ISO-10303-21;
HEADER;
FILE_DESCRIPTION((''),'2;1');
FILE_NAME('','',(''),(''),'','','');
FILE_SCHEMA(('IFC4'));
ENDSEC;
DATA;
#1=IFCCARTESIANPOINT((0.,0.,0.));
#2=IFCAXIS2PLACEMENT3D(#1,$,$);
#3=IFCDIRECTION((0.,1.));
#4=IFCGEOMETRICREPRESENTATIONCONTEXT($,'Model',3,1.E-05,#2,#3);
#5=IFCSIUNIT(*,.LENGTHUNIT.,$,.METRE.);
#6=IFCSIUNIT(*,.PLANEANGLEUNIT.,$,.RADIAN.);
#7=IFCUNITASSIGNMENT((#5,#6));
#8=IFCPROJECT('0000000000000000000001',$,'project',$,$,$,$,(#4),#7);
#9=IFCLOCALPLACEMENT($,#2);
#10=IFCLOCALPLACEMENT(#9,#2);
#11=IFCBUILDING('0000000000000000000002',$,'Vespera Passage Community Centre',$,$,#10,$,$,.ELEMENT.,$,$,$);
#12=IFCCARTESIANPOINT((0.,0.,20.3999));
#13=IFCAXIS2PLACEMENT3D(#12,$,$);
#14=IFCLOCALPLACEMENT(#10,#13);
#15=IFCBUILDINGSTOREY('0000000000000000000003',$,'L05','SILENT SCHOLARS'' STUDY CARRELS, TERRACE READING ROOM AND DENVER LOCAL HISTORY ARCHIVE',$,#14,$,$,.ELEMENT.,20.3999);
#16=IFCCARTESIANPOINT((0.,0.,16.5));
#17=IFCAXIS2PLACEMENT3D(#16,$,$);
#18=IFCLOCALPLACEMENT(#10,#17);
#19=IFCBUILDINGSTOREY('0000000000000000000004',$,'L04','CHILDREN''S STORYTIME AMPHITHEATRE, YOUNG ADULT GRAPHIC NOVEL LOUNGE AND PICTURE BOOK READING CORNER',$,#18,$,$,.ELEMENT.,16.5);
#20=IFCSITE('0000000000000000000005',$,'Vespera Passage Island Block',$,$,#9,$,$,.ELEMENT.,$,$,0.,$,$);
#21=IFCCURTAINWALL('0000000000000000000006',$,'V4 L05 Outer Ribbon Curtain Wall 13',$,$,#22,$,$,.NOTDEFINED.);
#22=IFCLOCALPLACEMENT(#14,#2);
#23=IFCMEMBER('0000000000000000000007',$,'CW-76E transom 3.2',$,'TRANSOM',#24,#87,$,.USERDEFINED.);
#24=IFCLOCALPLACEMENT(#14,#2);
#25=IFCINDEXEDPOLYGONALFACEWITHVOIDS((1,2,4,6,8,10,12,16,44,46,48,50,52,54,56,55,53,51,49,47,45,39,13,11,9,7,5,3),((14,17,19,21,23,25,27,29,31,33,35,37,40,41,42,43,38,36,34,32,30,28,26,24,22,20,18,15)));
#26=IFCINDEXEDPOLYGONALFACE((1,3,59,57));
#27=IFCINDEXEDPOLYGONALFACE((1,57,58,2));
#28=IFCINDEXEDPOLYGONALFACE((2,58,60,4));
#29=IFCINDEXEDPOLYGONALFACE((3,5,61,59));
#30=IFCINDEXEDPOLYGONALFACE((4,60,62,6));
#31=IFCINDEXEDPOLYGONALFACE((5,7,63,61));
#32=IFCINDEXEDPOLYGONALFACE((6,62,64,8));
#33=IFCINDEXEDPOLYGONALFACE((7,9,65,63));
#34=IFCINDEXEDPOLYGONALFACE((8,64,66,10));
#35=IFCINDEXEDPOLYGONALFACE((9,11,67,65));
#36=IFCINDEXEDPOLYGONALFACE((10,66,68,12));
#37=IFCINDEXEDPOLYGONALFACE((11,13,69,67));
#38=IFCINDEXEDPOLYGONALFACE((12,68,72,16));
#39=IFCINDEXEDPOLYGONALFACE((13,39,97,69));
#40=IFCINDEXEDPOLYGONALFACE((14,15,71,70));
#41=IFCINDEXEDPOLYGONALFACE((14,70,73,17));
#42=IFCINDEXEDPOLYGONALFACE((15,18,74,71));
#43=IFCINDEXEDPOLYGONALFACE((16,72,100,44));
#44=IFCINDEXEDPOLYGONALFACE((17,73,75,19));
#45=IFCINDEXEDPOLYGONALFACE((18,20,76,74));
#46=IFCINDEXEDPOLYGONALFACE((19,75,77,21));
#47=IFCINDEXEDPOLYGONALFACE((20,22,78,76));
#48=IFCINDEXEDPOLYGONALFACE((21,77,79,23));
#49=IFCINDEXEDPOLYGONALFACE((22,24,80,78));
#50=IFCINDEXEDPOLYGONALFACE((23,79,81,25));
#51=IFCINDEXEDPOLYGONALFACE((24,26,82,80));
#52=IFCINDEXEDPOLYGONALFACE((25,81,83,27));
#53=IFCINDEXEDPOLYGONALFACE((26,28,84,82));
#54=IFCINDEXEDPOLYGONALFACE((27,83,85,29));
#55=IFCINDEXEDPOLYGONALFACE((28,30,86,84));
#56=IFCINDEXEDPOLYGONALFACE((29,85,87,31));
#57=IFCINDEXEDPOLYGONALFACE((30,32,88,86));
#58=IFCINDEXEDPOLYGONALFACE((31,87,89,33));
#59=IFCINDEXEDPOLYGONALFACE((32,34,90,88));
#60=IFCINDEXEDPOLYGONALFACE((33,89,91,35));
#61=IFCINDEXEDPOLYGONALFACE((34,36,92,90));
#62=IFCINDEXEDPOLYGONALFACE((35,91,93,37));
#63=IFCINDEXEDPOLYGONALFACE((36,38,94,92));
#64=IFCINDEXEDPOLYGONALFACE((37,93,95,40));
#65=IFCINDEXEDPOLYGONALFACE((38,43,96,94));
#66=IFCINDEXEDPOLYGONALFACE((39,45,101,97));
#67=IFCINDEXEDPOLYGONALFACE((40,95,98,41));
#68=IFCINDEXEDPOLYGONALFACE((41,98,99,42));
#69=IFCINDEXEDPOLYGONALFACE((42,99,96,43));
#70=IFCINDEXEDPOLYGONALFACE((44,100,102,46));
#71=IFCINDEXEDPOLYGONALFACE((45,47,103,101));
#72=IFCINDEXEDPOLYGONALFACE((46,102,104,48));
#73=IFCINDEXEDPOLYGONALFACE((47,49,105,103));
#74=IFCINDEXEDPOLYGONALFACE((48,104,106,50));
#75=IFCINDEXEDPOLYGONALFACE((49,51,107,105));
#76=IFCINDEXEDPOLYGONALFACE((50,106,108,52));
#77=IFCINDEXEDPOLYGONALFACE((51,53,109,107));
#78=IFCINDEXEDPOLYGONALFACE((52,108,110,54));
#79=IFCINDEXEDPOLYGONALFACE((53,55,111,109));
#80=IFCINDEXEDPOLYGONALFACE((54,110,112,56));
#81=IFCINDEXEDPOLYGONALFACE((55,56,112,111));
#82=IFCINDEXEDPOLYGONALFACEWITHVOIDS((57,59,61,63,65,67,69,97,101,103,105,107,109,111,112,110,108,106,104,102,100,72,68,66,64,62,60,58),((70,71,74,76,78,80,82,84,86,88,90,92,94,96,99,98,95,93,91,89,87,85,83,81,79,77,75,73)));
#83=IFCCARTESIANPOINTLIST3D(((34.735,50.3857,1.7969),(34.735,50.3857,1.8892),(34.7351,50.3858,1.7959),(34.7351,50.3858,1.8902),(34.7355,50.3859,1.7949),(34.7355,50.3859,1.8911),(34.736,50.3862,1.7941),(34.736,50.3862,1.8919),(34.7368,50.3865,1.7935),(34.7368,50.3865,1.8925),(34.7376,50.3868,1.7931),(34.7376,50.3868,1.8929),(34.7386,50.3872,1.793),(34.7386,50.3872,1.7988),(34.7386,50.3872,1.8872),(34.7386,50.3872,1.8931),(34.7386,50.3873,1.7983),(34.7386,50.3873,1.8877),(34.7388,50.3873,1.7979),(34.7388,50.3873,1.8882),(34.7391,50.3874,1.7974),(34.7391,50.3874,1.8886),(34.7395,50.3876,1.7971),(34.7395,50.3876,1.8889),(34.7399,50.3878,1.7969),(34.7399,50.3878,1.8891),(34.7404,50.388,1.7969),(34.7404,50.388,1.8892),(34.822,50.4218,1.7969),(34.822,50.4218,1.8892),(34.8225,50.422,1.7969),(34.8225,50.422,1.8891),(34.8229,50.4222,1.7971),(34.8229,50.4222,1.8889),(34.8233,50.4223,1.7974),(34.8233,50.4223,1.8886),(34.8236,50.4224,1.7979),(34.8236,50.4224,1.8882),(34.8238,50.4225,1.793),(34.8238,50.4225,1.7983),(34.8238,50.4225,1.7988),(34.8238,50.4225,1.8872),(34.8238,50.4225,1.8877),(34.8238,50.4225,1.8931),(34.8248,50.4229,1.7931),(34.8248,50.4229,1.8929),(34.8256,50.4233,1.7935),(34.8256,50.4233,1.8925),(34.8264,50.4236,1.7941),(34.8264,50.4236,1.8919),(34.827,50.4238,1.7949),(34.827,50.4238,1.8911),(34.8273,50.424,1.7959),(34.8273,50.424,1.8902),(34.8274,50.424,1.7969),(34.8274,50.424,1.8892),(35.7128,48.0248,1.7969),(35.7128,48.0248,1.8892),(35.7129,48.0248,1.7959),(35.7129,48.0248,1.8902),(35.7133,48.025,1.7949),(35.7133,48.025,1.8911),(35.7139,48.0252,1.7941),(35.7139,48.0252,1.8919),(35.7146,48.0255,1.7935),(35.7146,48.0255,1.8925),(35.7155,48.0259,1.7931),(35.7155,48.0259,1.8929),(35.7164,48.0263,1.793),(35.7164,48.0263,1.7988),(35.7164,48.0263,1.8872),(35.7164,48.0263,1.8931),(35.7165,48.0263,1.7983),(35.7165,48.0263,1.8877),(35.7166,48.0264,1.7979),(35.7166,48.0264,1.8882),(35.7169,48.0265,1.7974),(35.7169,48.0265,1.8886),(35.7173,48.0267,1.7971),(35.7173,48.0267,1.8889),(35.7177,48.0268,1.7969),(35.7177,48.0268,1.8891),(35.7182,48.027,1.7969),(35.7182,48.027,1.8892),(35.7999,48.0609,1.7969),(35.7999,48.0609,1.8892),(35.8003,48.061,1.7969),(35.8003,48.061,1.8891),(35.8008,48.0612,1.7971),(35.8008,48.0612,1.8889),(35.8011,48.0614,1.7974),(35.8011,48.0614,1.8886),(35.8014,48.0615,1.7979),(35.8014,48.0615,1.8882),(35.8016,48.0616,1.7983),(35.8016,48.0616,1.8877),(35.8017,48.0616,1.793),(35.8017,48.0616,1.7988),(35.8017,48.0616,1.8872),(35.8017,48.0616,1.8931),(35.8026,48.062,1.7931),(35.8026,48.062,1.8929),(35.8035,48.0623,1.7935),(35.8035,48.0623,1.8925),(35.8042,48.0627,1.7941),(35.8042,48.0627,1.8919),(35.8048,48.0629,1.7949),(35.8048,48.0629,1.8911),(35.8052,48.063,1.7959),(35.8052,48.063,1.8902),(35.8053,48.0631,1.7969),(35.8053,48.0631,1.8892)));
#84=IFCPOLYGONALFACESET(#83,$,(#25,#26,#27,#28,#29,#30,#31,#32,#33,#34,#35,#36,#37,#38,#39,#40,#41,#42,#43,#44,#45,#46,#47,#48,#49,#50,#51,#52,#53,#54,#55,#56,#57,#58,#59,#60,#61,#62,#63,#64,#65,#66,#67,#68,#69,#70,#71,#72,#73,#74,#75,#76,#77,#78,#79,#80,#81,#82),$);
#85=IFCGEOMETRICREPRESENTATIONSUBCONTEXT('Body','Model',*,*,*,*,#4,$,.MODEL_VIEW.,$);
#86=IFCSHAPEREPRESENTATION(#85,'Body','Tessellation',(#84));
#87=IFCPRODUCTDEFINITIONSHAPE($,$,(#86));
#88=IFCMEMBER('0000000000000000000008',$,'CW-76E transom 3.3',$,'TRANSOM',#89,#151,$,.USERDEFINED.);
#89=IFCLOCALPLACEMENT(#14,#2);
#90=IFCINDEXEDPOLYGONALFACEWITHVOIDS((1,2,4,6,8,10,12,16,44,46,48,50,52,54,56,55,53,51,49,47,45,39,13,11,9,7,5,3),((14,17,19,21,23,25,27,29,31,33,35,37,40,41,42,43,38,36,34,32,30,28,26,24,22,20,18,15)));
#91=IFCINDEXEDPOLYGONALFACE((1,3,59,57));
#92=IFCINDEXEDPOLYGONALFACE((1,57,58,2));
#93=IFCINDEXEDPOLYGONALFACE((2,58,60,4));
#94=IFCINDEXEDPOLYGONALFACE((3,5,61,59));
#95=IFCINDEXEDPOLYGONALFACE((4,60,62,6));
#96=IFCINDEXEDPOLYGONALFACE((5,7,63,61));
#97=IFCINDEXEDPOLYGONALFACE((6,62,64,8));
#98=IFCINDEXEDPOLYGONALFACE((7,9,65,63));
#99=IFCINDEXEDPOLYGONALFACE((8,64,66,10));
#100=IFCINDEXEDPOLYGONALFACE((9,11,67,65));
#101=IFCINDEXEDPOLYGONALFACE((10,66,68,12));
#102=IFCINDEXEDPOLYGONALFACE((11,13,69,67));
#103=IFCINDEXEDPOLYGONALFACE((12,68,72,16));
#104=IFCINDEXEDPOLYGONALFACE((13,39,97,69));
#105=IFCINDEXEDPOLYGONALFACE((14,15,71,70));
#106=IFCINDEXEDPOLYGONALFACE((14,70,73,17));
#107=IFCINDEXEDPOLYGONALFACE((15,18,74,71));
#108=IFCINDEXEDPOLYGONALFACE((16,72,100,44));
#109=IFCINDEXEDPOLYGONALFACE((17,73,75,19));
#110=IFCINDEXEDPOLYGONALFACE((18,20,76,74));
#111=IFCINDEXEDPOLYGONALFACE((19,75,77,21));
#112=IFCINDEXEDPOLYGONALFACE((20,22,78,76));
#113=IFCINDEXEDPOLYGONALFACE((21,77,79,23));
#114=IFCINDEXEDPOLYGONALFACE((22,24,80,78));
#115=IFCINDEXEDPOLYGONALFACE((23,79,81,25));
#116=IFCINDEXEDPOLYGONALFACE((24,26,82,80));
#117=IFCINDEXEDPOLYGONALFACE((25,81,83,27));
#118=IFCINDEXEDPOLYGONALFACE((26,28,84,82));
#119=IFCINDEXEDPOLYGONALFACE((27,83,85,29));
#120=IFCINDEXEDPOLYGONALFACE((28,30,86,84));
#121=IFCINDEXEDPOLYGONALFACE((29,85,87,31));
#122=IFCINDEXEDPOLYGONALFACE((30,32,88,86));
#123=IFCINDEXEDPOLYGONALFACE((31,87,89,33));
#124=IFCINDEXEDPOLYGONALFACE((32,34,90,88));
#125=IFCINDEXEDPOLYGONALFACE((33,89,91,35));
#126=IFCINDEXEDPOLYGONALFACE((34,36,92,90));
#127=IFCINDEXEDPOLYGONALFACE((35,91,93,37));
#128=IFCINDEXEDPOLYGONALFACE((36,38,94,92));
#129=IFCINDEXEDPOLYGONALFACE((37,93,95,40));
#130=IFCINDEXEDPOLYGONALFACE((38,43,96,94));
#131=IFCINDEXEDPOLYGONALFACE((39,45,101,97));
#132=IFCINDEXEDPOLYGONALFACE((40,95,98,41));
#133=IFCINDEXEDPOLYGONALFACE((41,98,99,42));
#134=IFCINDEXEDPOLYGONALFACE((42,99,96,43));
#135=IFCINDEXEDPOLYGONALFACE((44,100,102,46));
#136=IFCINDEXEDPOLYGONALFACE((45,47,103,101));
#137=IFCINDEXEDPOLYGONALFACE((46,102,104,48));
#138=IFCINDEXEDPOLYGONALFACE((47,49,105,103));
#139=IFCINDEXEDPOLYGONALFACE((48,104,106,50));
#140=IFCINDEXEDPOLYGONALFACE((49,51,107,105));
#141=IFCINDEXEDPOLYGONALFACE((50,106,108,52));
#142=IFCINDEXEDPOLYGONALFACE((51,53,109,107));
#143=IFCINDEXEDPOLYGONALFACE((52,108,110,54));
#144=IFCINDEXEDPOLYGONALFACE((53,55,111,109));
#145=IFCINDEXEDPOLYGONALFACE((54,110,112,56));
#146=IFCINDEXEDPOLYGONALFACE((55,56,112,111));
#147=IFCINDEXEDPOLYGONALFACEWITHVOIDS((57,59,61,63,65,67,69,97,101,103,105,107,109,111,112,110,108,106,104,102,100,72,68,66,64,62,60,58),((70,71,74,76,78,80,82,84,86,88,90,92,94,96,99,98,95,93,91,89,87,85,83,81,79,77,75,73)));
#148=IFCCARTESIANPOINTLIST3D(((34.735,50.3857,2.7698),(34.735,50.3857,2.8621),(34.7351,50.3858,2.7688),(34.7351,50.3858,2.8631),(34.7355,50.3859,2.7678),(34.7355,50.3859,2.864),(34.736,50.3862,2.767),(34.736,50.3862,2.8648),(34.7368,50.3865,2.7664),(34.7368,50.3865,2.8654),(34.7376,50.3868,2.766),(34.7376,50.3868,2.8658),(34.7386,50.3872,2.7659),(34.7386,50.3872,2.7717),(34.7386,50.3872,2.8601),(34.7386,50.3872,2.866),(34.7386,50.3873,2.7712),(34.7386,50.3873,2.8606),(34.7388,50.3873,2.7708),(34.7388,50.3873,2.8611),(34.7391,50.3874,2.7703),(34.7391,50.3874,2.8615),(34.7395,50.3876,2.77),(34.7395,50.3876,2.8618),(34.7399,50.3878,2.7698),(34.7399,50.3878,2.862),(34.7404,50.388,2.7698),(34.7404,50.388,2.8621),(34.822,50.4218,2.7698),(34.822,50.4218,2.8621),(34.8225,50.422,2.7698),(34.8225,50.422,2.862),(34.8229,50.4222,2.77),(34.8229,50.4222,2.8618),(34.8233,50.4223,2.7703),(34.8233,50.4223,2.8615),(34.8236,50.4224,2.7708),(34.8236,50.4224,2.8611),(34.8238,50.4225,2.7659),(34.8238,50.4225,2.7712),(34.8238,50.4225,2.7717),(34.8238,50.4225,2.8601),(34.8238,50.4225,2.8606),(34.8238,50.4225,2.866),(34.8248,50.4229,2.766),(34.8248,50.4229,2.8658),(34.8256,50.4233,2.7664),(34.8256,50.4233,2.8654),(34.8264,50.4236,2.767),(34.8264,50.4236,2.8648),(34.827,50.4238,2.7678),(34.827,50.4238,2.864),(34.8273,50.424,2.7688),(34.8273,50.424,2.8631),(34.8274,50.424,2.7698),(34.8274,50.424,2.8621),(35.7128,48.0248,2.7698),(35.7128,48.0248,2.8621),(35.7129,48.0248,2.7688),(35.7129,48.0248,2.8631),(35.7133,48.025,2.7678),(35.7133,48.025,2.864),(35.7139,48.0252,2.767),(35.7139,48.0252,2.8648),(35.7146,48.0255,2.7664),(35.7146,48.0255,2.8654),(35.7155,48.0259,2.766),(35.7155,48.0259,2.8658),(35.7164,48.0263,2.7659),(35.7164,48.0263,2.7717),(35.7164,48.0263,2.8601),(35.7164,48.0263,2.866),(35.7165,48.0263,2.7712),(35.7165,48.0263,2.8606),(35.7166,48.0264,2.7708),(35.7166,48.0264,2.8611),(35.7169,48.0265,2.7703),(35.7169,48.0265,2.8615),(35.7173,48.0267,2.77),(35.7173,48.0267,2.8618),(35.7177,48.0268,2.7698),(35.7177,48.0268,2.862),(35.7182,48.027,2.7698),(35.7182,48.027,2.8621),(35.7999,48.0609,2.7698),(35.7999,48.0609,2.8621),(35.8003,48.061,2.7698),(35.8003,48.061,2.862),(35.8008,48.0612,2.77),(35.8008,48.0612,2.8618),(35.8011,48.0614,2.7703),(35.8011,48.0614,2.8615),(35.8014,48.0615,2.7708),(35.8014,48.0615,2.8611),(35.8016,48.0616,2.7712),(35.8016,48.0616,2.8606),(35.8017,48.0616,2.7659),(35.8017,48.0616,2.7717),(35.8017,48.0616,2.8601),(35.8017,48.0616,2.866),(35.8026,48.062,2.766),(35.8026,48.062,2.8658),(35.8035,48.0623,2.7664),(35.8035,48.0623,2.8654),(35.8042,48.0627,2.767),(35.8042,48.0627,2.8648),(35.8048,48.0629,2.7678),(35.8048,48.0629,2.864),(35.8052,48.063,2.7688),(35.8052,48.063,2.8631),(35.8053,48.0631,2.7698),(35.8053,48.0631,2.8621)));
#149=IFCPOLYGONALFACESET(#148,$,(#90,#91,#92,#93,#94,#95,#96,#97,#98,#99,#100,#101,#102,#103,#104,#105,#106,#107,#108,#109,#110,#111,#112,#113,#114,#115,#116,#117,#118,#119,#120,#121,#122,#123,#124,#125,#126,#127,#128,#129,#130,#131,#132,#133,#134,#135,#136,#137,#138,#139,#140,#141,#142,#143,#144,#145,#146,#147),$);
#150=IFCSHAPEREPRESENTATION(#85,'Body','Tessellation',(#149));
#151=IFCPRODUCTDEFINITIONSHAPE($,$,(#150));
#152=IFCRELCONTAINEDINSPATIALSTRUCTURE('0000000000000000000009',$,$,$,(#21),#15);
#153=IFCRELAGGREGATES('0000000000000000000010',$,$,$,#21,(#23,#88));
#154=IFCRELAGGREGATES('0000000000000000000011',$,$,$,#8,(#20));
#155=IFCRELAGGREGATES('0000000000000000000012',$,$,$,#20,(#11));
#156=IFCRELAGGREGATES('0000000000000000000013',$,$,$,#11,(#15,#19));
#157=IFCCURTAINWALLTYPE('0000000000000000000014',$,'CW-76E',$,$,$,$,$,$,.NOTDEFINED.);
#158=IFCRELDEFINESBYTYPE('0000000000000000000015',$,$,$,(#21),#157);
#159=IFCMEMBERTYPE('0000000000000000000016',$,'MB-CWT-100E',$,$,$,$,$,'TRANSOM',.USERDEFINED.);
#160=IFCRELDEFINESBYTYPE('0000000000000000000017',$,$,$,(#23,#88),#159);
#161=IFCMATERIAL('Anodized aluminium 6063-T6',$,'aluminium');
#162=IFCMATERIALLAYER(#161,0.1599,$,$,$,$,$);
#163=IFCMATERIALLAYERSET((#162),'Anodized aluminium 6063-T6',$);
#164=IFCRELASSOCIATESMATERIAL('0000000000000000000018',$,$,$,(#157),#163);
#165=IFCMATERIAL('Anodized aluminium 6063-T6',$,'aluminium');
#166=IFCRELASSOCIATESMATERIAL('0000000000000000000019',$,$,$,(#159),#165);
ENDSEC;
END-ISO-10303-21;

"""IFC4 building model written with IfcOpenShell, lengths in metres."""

from ifc_helpers import new_model, si_unit, direction, frame, origin, origin_2d, place, context, subcontext, project, spatial, hollow_rectangle, extrude, material, layer, layer_set, material_profile, profile_set, type_object, element, aggregate, save


model = new_model("IFC4")

# Units and contexts
model_context = context("Model", 3, precision=1e-05, world=origin(), true_north=direction((0.0, 1.0)))
body_context = subcontext(model_context, "Body", "Model", "MODEL_VIEW")
ifc_project = project(units=[si_unit("LENGTHUNIT", "METRE"), si_unit("PLANEANGLEUNIT", "RADIAN")], contexts=[model_context])

# Site, building, storey
site_placement = place(None, origin())
site = spatial("IfcSite", under=ifc_project, at=site_placement, Name="Vespera Passage Island Block", CompositionType="ELEMENT", RefElevation=0.0)
building_placement = place(site_placement, origin())
building = spatial("IfcBuilding", under=site, at=building_placement, Name="Vespera Passage Community Centre", CompositionType="ELEMENT")
storey_1_placement = place(building_placement, frame((0.0, 0.0, 20.3999)))
storey_1 = spatial("IfcBuildingStorey", under=building, at=storey_1_placement, Name="L05", Description="SILENT SCHOLARS' STUDY CARRELS, TERRACE READING ROOM AND DENVER LOCAL HISTORY ARCHIVE", CompositionType="ELEMENT", Elevation=20.3999)

# Curtain wall, members
ifc_material_1 = material(Name="Anodized aluminium 6063-T6", Category="aluminium")
ifc_layer_1 = layer(ifc_material_1, 0.1599)
ifc_layer_set_1 = layer_set([ifc_layer_1], Name="Anodized aluminium 6063-T6")
curtain_wall_type = type_object("IfcCurtainWallType", Name="CW-76E", PredefinedType="NOTDEFINED", material=ifc_layer_set_1)
curtain_wall_placement = place(storey_1_placement, origin())
curtain_wall = element("IfcCurtainWall", 1, at=curtain_wall_placement, inside=storey_1, type_object=curtain_wall_type, Name="V4 L05 Outer Ribbon Curtain Wall 13", PredefinedType="NOTDEFINED")
ifc_material_2 = material(Name="Anodized aluminium 6063-T6", Category="aluminium")
ifc_material_profile_1 = material_profile(ifc_material_2, hollow_rectangle(XDim=0.1001, YDim=0.1001, WallThickness=0.0039, InnerFilletRadius=0.002, OuterFilletRadius=0.0039, at=origin_2d()), Name="ALU100X100X4")
ifc_profile_set_1 = profile_set([ifc_material_profile_1], Name="Anodized aluminium 6063-T6")
member_type_1 = type_object("IfcMemberType", Name="MB-CWT-100E", ElementType="TRANSOM", PredefinedType="USERDEFINED", material=ifc_profile_set_1)
member_1_placement = place(storey_1_placement, frame((35.759, 48.0439, 1.843), z_axis=(-0.382647, 0.923895, 0.0), x_axis=(-0.923895, -0.382647, 0.0)))
member_1 = element("IfcMember", 2, at=member_1_placement, type_object=member_type_1, Name="CW-76E transom 3.2", ObjectType="TRANSOM", PredefinedType="USERDEFINED", context=body_context, shape_type="SweptSolid", body=[
    extrude(hollow_rectangle(XDim=0.1001, YDim=0.1001, WallThickness=0.0039, InnerFilletRadius=0.002, OuterFilletRadius=0.0039, at=origin_2d()), origin(), (0.0, 0.0, 1.0), 2.5554),
])
member_2_placement = place(storey_1_placement, frame((35.759, 48.0439, 2.8159), z_axis=(-0.382647, 0.923895, 0.0), x_axis=(-0.923895, -0.382647, 0.0)))
member_2 = element("IfcMember", 3, at=member_2_placement, type_object=member_type_1, Name="CW-76E transom 3.3", ObjectType="TRANSOM", PredefinedType="USERDEFINED", context=body_context, shape_type="SweptSolid", body=[
    extrude(hollow_rectangle(XDim=0.1001, YDim=0.1001, WallThickness=0.0039, InnerFilletRadius=0.002, OuterFilletRadius=0.0039, at=origin_2d()), origin(), (0.0, 0.0, 1.0), 2.5554),
])
aggregate(curtain_wall, [member_1, member_2])

# Shared definitions
storey_2_placement = place(building_placement, frame((0.0, 0.0, 16.5)))
storey_2 = spatial("IfcBuildingStorey", under=building, at=storey_2_placement, Name="L04", Description="CHILDREN'S STORYTIME AMPHITHEATRE, YOUNG ADULT GRAPHIC NOVEL LOUNGE AND PICTURE BOOK READING CORNER", CompositionType="ELEMENT", Elevation=16.5)

save(model, "model.ifc")
